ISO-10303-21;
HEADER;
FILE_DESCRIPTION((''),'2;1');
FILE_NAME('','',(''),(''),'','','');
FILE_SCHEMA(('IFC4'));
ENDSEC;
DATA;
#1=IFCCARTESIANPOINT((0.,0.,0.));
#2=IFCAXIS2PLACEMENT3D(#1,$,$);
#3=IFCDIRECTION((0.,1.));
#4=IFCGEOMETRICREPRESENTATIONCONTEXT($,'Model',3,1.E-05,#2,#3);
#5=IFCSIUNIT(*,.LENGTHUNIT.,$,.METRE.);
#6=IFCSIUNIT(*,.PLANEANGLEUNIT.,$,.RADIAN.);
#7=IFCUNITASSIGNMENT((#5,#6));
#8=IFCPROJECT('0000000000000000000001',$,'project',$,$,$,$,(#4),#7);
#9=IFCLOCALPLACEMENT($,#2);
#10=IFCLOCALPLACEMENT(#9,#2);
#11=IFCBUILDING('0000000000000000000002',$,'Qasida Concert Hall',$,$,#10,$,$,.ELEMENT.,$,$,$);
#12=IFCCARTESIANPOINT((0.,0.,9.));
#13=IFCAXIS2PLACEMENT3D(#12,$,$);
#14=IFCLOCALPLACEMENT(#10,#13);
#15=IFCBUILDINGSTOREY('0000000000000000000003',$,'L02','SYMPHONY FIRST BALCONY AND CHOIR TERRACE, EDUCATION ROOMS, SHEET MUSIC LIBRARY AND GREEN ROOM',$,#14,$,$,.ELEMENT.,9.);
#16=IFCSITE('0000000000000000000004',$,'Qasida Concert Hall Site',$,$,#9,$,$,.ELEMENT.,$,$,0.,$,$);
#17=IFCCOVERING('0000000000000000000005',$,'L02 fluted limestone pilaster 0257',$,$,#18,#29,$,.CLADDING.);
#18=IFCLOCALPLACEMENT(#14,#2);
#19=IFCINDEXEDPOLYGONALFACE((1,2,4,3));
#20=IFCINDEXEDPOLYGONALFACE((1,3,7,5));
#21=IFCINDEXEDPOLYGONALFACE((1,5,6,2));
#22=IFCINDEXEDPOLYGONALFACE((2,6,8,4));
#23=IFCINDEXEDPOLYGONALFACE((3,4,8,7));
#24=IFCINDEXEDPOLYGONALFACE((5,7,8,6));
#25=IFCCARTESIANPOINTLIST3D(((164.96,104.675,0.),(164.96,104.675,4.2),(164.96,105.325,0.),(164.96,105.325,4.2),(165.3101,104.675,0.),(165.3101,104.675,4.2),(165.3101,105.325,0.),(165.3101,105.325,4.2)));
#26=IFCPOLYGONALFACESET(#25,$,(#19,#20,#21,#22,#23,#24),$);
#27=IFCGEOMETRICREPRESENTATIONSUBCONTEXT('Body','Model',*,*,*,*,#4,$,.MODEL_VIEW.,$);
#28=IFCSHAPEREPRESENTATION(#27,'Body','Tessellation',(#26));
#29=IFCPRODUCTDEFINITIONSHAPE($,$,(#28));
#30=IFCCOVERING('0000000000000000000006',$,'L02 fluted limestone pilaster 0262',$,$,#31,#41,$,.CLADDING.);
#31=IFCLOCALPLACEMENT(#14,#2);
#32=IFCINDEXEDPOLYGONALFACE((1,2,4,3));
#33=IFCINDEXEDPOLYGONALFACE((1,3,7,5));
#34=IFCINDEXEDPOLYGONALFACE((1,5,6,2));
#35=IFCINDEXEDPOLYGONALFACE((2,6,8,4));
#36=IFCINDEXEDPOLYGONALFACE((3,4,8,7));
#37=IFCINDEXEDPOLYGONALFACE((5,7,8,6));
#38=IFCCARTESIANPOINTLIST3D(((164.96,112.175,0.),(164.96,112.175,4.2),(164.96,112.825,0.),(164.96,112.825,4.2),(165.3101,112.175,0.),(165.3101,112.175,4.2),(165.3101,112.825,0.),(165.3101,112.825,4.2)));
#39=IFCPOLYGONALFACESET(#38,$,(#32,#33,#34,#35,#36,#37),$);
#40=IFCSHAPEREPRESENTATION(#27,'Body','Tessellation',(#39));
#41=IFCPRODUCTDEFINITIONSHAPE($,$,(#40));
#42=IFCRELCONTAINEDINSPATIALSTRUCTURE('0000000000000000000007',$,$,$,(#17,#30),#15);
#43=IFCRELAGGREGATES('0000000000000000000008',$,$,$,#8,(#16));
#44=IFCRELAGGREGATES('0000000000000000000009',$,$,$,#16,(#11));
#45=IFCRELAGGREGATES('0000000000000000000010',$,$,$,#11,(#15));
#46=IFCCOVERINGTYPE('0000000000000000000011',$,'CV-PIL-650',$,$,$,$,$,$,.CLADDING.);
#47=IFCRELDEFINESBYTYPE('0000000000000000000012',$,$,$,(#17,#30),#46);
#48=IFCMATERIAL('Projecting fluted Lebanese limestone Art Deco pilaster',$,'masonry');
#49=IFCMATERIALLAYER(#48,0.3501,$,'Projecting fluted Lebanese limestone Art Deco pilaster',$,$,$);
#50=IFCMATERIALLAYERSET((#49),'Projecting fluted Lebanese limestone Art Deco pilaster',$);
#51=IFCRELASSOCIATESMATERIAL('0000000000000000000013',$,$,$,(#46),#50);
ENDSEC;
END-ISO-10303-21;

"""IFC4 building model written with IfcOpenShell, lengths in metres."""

from ifc_helpers import new_model, si_unit, direction, frame, origin, origin_2d, place, context, subcontext, project, spatial, rectangle, extrude, material, layer, layer_set, type_object, element, save


model = new_model("IFC4")

# Units and contexts
model_context = context("Model", 3, precision=1e-05, world=origin(), true_north=direction((0.0, 1.0)))
body_context = subcontext(model_context, "Body", "Model", "MODEL_VIEW")
ifc_project = project(units=[si_unit("LENGTHUNIT", "METRE"), si_unit("PLANEANGLEUNIT", "RADIAN")], contexts=[model_context])

# Site, building, storey
site_placement = place(None, origin())
site = spatial("IfcSite", under=ifc_project, at=site_placement, Name="Qasida Concert Hall Site", CompositionType="ELEMENT", RefElevation=0.0)
building_placement = place(site_placement, origin())
building = spatial("IfcBuilding", under=site, at=building_placement, Name="Qasida Concert Hall", CompositionType="ELEMENT")
storey_placement = place(building_placement, frame((0.0, 0.0, 9.0)))
storey = spatial("IfcBuildingStorey", under=building, at=storey_placement, Name="L02", Description="SYMPHONY FIRST BALCONY AND CHOIR TERRACE, EDUCATION ROOMS, SHEET MUSIC LIBRARY AND GREEN ROOM", CompositionType="ELEMENT", Elevation=9.0)

# Coverings
ifc_material_1 = material(Name="Projecting fluted Lebanese limestone Art Deco pilaster", Category="masonry")
ifc_layer_1 = layer(ifc_material_1, 0.3501, Name="Projecting fluted Lebanese limestone Art Deco pilaster")
ifc_layer_set_1 = layer_set([ifc_layer_1], Name="Projecting fluted Lebanese limestone Art Deco pilaster")
covering_type = type_object("IfcCoveringType", Name="CV-PIL-650", PredefinedType="CLADDING", material=ifc_layer_set_1)
for number, where, z_axis, x_axis, name in (
    (1, (165.135, 105.0, 0.0), (0.0, 0.0, 1.0), (1.0, 0.0, 0.0), "L02 fluted limestone pilaster 0257"),
    (2, (165.135, 112.5, 0.0), (0.0, 0.0, 1.0), (1.0, 0.0, 0.0), "L02 fluted limestone pilaster 0262"),
):
    element("IfcCovering", number, at=place(storey_placement, frame(where, z_axis=z_axis, x_axis=x_axis)), inside=storey, type_object=covering_type, Name=name, PredefinedType="CLADDING", context=body_context, shape_type="SweptSolid", body=[
        extrude(rectangle(XDim=0.3501, YDim=0.6499, at=origin_2d()), origin(), (0.0, 0.0, 1.0), 4.2),
    ])

save(model, "model.ifc")
